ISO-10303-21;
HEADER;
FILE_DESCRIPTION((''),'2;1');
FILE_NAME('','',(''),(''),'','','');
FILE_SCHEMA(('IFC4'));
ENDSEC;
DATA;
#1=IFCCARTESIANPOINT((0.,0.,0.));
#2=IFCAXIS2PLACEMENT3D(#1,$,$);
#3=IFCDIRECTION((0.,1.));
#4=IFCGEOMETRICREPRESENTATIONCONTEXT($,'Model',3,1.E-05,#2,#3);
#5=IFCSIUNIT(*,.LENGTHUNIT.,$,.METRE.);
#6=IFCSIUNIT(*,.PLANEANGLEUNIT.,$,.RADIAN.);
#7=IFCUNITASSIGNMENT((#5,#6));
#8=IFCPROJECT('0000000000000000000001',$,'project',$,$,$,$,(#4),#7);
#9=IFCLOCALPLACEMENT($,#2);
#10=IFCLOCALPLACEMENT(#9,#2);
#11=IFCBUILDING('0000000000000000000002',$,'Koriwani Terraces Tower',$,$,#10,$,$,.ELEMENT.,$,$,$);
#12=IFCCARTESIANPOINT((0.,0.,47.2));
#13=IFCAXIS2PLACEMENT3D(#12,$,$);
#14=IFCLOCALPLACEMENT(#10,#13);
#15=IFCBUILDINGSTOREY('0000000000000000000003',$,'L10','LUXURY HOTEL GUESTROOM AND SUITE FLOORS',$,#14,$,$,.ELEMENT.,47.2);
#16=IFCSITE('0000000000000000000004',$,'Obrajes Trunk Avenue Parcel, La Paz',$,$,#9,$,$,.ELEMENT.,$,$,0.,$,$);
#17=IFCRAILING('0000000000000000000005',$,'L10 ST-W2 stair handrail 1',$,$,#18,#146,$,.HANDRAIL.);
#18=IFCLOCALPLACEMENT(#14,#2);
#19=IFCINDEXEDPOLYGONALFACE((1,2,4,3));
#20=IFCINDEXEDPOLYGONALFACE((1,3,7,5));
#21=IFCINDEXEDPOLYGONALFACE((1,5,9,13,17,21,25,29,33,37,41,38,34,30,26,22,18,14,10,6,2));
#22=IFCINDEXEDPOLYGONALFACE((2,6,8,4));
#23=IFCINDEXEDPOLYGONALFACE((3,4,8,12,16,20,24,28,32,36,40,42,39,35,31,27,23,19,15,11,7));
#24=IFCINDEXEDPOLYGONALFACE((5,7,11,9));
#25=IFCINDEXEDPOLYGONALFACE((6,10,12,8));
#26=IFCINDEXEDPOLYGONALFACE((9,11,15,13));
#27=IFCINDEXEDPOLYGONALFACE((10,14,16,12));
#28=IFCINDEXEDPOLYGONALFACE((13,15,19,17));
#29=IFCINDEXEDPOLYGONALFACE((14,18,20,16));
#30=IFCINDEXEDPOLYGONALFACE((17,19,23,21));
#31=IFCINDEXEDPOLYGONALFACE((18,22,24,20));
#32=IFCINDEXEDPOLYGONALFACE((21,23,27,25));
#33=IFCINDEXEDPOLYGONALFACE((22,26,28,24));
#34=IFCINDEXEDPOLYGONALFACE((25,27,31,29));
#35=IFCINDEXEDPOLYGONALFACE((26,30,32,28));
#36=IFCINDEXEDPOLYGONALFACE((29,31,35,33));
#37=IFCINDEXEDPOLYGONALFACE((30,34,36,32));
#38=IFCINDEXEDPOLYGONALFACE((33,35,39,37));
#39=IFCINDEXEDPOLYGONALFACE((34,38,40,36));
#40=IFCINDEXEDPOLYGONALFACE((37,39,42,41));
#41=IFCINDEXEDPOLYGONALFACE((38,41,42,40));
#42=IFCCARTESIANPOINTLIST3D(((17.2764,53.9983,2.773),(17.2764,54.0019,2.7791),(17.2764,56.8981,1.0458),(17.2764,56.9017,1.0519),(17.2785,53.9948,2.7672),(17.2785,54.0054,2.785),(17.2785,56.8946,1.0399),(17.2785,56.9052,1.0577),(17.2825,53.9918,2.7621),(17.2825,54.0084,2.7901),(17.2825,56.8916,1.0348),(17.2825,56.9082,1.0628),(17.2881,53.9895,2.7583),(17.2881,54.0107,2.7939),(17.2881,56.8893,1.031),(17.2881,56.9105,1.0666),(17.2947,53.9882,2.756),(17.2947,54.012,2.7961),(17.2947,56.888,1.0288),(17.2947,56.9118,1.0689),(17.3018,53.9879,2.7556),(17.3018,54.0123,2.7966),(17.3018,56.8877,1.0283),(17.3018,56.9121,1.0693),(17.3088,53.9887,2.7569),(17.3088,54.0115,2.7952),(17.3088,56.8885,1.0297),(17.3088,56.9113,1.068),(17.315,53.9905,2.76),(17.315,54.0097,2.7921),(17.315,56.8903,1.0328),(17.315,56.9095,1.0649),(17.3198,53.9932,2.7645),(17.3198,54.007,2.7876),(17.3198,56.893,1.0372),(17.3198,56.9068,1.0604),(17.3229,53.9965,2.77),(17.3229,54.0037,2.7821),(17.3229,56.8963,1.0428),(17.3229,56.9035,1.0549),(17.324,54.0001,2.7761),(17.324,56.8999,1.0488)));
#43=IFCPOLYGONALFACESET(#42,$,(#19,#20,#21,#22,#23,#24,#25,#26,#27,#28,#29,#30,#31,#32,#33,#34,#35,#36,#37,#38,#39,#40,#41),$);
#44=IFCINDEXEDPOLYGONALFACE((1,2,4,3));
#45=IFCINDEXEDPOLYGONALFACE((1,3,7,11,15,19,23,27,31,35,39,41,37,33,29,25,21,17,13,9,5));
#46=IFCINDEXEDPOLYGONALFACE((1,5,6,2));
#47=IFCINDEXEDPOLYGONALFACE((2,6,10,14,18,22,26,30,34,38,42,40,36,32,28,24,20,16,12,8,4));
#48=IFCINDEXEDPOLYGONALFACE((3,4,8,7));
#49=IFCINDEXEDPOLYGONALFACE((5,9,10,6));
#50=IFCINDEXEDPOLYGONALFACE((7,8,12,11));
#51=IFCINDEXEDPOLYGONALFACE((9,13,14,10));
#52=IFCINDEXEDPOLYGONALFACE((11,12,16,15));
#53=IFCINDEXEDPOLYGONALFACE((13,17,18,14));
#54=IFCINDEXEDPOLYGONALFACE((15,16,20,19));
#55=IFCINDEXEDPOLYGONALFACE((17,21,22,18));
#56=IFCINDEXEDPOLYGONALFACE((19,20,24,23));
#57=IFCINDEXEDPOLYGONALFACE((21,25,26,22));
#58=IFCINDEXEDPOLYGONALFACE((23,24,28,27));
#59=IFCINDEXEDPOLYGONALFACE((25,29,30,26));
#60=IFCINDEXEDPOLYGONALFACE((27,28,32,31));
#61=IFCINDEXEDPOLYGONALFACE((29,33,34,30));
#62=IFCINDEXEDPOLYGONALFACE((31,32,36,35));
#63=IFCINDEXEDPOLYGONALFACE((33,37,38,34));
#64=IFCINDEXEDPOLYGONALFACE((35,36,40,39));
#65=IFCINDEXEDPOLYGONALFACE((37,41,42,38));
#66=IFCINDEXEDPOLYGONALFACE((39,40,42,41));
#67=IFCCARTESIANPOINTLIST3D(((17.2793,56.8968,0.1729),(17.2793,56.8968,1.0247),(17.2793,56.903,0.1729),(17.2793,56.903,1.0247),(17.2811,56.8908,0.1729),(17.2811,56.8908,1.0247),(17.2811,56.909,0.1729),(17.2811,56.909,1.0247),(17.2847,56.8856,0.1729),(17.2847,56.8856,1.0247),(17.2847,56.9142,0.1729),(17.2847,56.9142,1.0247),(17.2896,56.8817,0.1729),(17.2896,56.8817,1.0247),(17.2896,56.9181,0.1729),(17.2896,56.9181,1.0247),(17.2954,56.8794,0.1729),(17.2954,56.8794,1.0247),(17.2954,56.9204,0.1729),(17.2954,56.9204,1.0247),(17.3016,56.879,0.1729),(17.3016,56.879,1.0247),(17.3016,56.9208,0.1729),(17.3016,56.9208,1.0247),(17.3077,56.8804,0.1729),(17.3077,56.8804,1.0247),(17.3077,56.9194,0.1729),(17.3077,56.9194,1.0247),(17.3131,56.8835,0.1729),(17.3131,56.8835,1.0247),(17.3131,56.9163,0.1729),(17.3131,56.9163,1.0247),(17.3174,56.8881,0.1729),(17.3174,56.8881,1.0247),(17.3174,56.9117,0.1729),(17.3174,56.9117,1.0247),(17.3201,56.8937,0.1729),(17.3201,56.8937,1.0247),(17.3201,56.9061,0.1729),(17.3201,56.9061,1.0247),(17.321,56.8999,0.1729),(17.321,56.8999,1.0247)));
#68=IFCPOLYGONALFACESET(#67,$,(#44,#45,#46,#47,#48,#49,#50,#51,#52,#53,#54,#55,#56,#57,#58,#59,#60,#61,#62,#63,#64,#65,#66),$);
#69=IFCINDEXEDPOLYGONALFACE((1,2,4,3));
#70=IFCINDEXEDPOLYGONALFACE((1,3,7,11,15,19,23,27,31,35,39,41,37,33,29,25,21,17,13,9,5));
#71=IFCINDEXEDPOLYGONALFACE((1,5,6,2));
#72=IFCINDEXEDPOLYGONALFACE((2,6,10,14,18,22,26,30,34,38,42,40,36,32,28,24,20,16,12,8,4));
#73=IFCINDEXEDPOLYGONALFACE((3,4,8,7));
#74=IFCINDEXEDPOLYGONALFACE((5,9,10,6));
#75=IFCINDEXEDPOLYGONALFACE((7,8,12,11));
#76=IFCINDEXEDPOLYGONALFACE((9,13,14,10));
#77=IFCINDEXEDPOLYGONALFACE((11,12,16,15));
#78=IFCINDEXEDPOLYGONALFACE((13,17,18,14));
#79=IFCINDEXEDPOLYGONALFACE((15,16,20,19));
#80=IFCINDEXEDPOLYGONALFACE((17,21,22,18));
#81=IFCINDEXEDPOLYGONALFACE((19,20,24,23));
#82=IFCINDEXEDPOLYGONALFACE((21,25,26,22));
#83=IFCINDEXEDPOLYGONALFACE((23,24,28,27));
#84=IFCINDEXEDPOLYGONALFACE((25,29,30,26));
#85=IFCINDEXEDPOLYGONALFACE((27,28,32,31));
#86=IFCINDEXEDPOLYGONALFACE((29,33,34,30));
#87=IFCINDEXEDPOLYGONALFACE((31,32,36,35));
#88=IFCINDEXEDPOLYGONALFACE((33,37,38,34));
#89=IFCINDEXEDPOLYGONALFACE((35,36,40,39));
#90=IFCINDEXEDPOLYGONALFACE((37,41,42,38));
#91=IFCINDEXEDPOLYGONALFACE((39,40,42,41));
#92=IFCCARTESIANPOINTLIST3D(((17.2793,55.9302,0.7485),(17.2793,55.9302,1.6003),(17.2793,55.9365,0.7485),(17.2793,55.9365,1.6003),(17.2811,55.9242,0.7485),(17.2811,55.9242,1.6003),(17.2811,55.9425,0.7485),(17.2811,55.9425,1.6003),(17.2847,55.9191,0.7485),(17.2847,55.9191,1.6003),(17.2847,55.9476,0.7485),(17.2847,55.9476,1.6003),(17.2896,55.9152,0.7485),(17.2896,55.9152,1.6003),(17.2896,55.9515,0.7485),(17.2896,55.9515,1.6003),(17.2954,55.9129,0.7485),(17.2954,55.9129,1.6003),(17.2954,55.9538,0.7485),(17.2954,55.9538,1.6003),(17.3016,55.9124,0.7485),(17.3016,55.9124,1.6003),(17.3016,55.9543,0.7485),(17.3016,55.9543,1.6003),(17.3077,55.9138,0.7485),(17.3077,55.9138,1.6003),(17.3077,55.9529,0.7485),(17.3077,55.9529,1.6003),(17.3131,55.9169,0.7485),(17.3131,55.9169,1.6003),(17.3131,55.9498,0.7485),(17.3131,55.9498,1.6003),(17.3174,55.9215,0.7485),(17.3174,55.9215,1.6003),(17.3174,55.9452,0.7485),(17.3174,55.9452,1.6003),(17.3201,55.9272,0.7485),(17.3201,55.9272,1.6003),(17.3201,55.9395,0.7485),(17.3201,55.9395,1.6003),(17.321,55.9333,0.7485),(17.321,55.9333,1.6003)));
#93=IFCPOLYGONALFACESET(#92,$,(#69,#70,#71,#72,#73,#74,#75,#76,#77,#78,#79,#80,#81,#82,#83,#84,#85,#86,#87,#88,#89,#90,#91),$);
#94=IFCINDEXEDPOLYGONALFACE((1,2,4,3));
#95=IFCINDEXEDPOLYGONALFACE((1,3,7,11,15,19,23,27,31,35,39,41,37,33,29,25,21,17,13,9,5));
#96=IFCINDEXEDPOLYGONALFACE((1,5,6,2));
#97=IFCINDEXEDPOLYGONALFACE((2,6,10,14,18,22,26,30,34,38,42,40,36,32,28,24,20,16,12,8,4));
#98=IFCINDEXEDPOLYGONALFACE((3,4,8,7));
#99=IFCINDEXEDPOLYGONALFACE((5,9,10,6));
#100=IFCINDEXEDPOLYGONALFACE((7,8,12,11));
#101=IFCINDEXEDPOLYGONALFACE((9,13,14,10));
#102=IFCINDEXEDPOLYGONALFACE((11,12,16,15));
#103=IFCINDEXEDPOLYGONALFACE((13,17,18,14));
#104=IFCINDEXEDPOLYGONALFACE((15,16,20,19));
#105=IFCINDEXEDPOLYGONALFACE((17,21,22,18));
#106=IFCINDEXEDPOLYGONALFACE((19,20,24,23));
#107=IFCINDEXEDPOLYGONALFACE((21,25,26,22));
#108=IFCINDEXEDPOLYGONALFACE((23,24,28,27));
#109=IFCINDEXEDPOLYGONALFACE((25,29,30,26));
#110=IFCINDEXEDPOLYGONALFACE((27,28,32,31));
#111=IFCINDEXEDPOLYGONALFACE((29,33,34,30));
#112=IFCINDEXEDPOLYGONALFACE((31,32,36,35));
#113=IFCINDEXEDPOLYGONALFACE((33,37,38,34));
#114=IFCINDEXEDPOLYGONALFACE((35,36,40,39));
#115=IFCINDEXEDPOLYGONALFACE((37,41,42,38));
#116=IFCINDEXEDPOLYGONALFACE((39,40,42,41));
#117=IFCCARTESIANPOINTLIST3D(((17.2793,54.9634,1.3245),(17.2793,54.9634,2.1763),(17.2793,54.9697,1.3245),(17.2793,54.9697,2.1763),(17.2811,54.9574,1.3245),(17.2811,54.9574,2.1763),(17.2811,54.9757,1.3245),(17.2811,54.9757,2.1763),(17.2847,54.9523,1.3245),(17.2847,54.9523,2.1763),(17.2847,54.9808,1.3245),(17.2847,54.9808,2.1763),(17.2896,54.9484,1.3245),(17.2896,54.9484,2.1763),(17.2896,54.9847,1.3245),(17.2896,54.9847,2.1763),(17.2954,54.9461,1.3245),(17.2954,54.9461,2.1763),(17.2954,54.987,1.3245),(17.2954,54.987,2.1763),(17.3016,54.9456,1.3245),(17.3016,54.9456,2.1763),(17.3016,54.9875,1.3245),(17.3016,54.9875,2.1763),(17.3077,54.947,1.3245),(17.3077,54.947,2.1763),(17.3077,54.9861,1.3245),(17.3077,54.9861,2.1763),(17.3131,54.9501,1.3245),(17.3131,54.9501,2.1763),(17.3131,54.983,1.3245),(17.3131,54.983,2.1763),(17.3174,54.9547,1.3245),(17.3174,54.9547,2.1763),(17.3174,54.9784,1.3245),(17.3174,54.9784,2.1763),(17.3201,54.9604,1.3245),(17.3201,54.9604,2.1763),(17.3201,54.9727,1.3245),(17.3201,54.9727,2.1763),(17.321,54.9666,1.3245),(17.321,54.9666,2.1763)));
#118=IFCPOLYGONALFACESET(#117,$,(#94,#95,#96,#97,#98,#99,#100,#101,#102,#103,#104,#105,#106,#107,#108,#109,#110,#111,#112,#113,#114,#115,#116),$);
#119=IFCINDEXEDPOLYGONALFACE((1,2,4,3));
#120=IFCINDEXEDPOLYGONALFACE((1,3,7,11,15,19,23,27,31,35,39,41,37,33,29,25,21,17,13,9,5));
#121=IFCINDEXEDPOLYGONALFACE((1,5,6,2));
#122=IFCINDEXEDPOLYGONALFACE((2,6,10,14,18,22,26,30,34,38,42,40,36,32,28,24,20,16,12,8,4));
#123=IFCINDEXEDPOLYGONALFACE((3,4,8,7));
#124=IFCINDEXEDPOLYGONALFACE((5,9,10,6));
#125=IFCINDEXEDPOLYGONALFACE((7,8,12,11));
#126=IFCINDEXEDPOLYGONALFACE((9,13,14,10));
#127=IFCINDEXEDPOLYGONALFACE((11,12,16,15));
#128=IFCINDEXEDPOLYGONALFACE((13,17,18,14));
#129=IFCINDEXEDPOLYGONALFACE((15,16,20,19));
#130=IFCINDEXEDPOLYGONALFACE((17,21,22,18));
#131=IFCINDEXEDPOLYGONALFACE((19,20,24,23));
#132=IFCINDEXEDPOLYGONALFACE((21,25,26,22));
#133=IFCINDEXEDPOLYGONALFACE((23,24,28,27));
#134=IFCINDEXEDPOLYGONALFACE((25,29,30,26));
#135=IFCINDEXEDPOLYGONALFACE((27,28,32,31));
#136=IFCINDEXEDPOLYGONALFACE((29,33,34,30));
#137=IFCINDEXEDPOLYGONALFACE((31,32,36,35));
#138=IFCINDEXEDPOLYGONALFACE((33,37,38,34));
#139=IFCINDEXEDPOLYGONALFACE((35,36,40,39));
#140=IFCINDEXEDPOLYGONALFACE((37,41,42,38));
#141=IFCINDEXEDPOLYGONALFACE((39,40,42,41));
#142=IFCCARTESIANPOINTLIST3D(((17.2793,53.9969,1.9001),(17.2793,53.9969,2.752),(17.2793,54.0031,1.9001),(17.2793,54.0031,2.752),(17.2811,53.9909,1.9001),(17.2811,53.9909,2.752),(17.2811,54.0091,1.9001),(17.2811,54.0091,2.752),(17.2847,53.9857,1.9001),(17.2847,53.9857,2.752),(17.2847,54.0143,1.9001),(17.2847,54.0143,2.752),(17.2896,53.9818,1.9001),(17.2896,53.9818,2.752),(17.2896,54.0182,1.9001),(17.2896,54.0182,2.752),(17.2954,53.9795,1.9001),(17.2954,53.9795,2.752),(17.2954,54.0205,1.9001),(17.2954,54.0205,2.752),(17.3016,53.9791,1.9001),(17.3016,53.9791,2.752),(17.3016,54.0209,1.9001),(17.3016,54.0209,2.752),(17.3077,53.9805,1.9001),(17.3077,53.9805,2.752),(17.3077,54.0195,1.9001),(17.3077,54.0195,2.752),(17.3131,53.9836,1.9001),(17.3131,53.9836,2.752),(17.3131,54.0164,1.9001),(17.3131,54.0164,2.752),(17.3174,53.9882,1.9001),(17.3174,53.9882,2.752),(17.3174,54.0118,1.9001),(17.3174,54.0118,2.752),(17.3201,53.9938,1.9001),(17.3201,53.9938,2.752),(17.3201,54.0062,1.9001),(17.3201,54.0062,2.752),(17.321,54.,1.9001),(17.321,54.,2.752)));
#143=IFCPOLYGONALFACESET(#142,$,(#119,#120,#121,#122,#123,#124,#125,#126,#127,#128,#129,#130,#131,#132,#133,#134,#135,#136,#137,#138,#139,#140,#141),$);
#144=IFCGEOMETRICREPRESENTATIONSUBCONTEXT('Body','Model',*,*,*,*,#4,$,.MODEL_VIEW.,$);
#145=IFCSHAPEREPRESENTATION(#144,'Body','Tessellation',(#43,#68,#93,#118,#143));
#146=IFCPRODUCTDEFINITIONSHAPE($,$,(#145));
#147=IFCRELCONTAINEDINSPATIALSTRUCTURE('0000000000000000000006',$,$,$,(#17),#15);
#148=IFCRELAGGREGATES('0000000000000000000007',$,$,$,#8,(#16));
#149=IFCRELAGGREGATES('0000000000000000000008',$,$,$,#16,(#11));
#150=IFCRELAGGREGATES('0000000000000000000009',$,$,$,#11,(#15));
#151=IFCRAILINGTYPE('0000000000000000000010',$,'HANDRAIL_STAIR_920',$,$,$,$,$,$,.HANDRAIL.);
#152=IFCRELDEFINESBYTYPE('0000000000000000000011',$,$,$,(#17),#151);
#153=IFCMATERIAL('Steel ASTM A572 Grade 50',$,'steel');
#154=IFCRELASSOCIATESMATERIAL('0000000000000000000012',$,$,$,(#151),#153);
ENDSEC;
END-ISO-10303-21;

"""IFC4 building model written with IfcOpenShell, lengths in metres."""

from ifc_helpers import new_model, si_unit, direction, frame, origin, origin_2d, place, context, subcontext, project, spatial, circle, extrude, material, type_object, element, save


model = new_model("IFC4")

# Units and contexts
model_context = context("Model", 3, precision=1e-05, world=origin(), true_north=direction((0.0, 1.0)))
body_context = subcontext(model_context, "Body", "Model", "MODEL_VIEW")
ifc_project = project(units=[si_unit("LENGTHUNIT", "METRE"), si_unit("PLANEANGLEUNIT", "RADIAN")], contexts=[model_context])

# Site, building, storey
site_placement = place(None, origin())
site = spatial("IfcSite", under=ifc_project, at=site_placement, Name="Obrajes Trunk Avenue Parcel, La Paz", CompositionType="ELEMENT", RefElevation=0.0)
building_placement = place(site_placement, origin())
building = spatial("IfcBuilding", under=site, at=building_placement, Name="Koriwani Terraces Tower", CompositionType="ELEMENT")
storey_placement = place(building_placement, frame((0.0, 0.0, 47.2)))
storey = spatial("IfcBuildingStorey", under=building, at=storey_placement, Name="L10", Description="LUXURY HOTEL GUESTROOM AND SUITE FLOORS", CompositionType="ELEMENT", Elevation=47.2)

# Shared definitions
ifc_material_1 = material(Name="Steel ASTM A572 Grade 50", Category="steel")

# Railing
railing_type = type_object("IfcRailingType", Name="HANDRAIL_STAIR_920", PredefinedType="HANDRAIL", material=ifc_material_1)
for number, where, name in (
    (1, (17.3, 56.8999, 0.1729), "L10 ST-W2 stair handrail 1"),
):
    element("IfcRailing", number, at=place(storey_placement, frame(where)), inside=storey, type_object=railing_type, Name=name, PredefinedType="HANDRAIL", context=body_context, shape_type="SweptSolid", body=[
        extrude(circle(Radius=0.0239, at=origin_2d()), frame((0.0, 0.0, 0.876), z_axis=(0.0, -0.859141, 0.511738), x_axis=(1.0, 0.0, 0.0)), (0.0, 0.0, 1.0), 3.3752),
        extrude(circle(Radius=0.021, at=origin_2d()), origin(), (0.0, 0.0, 1.0), 0.8518),
        extrude(circle(Radius=0.021, at=origin_2d()), frame((0.0, -0.9666, 0.5757)), (0.0, 0.0, 1.0), 0.8518),
        extrude(circle(Radius=0.021, at=origin_2d()), frame((0.0, -1.9333, 1.1516)), (0.0, 0.0, 1.0), 0.8518),
        extrude(circle(Radius=0.021, at=origin_2d()), frame((0.0, -2.8999, 1.7273)), (0.0, 0.0, 1.0), 0.8518),
    ])

save(model, "model.ifc")
